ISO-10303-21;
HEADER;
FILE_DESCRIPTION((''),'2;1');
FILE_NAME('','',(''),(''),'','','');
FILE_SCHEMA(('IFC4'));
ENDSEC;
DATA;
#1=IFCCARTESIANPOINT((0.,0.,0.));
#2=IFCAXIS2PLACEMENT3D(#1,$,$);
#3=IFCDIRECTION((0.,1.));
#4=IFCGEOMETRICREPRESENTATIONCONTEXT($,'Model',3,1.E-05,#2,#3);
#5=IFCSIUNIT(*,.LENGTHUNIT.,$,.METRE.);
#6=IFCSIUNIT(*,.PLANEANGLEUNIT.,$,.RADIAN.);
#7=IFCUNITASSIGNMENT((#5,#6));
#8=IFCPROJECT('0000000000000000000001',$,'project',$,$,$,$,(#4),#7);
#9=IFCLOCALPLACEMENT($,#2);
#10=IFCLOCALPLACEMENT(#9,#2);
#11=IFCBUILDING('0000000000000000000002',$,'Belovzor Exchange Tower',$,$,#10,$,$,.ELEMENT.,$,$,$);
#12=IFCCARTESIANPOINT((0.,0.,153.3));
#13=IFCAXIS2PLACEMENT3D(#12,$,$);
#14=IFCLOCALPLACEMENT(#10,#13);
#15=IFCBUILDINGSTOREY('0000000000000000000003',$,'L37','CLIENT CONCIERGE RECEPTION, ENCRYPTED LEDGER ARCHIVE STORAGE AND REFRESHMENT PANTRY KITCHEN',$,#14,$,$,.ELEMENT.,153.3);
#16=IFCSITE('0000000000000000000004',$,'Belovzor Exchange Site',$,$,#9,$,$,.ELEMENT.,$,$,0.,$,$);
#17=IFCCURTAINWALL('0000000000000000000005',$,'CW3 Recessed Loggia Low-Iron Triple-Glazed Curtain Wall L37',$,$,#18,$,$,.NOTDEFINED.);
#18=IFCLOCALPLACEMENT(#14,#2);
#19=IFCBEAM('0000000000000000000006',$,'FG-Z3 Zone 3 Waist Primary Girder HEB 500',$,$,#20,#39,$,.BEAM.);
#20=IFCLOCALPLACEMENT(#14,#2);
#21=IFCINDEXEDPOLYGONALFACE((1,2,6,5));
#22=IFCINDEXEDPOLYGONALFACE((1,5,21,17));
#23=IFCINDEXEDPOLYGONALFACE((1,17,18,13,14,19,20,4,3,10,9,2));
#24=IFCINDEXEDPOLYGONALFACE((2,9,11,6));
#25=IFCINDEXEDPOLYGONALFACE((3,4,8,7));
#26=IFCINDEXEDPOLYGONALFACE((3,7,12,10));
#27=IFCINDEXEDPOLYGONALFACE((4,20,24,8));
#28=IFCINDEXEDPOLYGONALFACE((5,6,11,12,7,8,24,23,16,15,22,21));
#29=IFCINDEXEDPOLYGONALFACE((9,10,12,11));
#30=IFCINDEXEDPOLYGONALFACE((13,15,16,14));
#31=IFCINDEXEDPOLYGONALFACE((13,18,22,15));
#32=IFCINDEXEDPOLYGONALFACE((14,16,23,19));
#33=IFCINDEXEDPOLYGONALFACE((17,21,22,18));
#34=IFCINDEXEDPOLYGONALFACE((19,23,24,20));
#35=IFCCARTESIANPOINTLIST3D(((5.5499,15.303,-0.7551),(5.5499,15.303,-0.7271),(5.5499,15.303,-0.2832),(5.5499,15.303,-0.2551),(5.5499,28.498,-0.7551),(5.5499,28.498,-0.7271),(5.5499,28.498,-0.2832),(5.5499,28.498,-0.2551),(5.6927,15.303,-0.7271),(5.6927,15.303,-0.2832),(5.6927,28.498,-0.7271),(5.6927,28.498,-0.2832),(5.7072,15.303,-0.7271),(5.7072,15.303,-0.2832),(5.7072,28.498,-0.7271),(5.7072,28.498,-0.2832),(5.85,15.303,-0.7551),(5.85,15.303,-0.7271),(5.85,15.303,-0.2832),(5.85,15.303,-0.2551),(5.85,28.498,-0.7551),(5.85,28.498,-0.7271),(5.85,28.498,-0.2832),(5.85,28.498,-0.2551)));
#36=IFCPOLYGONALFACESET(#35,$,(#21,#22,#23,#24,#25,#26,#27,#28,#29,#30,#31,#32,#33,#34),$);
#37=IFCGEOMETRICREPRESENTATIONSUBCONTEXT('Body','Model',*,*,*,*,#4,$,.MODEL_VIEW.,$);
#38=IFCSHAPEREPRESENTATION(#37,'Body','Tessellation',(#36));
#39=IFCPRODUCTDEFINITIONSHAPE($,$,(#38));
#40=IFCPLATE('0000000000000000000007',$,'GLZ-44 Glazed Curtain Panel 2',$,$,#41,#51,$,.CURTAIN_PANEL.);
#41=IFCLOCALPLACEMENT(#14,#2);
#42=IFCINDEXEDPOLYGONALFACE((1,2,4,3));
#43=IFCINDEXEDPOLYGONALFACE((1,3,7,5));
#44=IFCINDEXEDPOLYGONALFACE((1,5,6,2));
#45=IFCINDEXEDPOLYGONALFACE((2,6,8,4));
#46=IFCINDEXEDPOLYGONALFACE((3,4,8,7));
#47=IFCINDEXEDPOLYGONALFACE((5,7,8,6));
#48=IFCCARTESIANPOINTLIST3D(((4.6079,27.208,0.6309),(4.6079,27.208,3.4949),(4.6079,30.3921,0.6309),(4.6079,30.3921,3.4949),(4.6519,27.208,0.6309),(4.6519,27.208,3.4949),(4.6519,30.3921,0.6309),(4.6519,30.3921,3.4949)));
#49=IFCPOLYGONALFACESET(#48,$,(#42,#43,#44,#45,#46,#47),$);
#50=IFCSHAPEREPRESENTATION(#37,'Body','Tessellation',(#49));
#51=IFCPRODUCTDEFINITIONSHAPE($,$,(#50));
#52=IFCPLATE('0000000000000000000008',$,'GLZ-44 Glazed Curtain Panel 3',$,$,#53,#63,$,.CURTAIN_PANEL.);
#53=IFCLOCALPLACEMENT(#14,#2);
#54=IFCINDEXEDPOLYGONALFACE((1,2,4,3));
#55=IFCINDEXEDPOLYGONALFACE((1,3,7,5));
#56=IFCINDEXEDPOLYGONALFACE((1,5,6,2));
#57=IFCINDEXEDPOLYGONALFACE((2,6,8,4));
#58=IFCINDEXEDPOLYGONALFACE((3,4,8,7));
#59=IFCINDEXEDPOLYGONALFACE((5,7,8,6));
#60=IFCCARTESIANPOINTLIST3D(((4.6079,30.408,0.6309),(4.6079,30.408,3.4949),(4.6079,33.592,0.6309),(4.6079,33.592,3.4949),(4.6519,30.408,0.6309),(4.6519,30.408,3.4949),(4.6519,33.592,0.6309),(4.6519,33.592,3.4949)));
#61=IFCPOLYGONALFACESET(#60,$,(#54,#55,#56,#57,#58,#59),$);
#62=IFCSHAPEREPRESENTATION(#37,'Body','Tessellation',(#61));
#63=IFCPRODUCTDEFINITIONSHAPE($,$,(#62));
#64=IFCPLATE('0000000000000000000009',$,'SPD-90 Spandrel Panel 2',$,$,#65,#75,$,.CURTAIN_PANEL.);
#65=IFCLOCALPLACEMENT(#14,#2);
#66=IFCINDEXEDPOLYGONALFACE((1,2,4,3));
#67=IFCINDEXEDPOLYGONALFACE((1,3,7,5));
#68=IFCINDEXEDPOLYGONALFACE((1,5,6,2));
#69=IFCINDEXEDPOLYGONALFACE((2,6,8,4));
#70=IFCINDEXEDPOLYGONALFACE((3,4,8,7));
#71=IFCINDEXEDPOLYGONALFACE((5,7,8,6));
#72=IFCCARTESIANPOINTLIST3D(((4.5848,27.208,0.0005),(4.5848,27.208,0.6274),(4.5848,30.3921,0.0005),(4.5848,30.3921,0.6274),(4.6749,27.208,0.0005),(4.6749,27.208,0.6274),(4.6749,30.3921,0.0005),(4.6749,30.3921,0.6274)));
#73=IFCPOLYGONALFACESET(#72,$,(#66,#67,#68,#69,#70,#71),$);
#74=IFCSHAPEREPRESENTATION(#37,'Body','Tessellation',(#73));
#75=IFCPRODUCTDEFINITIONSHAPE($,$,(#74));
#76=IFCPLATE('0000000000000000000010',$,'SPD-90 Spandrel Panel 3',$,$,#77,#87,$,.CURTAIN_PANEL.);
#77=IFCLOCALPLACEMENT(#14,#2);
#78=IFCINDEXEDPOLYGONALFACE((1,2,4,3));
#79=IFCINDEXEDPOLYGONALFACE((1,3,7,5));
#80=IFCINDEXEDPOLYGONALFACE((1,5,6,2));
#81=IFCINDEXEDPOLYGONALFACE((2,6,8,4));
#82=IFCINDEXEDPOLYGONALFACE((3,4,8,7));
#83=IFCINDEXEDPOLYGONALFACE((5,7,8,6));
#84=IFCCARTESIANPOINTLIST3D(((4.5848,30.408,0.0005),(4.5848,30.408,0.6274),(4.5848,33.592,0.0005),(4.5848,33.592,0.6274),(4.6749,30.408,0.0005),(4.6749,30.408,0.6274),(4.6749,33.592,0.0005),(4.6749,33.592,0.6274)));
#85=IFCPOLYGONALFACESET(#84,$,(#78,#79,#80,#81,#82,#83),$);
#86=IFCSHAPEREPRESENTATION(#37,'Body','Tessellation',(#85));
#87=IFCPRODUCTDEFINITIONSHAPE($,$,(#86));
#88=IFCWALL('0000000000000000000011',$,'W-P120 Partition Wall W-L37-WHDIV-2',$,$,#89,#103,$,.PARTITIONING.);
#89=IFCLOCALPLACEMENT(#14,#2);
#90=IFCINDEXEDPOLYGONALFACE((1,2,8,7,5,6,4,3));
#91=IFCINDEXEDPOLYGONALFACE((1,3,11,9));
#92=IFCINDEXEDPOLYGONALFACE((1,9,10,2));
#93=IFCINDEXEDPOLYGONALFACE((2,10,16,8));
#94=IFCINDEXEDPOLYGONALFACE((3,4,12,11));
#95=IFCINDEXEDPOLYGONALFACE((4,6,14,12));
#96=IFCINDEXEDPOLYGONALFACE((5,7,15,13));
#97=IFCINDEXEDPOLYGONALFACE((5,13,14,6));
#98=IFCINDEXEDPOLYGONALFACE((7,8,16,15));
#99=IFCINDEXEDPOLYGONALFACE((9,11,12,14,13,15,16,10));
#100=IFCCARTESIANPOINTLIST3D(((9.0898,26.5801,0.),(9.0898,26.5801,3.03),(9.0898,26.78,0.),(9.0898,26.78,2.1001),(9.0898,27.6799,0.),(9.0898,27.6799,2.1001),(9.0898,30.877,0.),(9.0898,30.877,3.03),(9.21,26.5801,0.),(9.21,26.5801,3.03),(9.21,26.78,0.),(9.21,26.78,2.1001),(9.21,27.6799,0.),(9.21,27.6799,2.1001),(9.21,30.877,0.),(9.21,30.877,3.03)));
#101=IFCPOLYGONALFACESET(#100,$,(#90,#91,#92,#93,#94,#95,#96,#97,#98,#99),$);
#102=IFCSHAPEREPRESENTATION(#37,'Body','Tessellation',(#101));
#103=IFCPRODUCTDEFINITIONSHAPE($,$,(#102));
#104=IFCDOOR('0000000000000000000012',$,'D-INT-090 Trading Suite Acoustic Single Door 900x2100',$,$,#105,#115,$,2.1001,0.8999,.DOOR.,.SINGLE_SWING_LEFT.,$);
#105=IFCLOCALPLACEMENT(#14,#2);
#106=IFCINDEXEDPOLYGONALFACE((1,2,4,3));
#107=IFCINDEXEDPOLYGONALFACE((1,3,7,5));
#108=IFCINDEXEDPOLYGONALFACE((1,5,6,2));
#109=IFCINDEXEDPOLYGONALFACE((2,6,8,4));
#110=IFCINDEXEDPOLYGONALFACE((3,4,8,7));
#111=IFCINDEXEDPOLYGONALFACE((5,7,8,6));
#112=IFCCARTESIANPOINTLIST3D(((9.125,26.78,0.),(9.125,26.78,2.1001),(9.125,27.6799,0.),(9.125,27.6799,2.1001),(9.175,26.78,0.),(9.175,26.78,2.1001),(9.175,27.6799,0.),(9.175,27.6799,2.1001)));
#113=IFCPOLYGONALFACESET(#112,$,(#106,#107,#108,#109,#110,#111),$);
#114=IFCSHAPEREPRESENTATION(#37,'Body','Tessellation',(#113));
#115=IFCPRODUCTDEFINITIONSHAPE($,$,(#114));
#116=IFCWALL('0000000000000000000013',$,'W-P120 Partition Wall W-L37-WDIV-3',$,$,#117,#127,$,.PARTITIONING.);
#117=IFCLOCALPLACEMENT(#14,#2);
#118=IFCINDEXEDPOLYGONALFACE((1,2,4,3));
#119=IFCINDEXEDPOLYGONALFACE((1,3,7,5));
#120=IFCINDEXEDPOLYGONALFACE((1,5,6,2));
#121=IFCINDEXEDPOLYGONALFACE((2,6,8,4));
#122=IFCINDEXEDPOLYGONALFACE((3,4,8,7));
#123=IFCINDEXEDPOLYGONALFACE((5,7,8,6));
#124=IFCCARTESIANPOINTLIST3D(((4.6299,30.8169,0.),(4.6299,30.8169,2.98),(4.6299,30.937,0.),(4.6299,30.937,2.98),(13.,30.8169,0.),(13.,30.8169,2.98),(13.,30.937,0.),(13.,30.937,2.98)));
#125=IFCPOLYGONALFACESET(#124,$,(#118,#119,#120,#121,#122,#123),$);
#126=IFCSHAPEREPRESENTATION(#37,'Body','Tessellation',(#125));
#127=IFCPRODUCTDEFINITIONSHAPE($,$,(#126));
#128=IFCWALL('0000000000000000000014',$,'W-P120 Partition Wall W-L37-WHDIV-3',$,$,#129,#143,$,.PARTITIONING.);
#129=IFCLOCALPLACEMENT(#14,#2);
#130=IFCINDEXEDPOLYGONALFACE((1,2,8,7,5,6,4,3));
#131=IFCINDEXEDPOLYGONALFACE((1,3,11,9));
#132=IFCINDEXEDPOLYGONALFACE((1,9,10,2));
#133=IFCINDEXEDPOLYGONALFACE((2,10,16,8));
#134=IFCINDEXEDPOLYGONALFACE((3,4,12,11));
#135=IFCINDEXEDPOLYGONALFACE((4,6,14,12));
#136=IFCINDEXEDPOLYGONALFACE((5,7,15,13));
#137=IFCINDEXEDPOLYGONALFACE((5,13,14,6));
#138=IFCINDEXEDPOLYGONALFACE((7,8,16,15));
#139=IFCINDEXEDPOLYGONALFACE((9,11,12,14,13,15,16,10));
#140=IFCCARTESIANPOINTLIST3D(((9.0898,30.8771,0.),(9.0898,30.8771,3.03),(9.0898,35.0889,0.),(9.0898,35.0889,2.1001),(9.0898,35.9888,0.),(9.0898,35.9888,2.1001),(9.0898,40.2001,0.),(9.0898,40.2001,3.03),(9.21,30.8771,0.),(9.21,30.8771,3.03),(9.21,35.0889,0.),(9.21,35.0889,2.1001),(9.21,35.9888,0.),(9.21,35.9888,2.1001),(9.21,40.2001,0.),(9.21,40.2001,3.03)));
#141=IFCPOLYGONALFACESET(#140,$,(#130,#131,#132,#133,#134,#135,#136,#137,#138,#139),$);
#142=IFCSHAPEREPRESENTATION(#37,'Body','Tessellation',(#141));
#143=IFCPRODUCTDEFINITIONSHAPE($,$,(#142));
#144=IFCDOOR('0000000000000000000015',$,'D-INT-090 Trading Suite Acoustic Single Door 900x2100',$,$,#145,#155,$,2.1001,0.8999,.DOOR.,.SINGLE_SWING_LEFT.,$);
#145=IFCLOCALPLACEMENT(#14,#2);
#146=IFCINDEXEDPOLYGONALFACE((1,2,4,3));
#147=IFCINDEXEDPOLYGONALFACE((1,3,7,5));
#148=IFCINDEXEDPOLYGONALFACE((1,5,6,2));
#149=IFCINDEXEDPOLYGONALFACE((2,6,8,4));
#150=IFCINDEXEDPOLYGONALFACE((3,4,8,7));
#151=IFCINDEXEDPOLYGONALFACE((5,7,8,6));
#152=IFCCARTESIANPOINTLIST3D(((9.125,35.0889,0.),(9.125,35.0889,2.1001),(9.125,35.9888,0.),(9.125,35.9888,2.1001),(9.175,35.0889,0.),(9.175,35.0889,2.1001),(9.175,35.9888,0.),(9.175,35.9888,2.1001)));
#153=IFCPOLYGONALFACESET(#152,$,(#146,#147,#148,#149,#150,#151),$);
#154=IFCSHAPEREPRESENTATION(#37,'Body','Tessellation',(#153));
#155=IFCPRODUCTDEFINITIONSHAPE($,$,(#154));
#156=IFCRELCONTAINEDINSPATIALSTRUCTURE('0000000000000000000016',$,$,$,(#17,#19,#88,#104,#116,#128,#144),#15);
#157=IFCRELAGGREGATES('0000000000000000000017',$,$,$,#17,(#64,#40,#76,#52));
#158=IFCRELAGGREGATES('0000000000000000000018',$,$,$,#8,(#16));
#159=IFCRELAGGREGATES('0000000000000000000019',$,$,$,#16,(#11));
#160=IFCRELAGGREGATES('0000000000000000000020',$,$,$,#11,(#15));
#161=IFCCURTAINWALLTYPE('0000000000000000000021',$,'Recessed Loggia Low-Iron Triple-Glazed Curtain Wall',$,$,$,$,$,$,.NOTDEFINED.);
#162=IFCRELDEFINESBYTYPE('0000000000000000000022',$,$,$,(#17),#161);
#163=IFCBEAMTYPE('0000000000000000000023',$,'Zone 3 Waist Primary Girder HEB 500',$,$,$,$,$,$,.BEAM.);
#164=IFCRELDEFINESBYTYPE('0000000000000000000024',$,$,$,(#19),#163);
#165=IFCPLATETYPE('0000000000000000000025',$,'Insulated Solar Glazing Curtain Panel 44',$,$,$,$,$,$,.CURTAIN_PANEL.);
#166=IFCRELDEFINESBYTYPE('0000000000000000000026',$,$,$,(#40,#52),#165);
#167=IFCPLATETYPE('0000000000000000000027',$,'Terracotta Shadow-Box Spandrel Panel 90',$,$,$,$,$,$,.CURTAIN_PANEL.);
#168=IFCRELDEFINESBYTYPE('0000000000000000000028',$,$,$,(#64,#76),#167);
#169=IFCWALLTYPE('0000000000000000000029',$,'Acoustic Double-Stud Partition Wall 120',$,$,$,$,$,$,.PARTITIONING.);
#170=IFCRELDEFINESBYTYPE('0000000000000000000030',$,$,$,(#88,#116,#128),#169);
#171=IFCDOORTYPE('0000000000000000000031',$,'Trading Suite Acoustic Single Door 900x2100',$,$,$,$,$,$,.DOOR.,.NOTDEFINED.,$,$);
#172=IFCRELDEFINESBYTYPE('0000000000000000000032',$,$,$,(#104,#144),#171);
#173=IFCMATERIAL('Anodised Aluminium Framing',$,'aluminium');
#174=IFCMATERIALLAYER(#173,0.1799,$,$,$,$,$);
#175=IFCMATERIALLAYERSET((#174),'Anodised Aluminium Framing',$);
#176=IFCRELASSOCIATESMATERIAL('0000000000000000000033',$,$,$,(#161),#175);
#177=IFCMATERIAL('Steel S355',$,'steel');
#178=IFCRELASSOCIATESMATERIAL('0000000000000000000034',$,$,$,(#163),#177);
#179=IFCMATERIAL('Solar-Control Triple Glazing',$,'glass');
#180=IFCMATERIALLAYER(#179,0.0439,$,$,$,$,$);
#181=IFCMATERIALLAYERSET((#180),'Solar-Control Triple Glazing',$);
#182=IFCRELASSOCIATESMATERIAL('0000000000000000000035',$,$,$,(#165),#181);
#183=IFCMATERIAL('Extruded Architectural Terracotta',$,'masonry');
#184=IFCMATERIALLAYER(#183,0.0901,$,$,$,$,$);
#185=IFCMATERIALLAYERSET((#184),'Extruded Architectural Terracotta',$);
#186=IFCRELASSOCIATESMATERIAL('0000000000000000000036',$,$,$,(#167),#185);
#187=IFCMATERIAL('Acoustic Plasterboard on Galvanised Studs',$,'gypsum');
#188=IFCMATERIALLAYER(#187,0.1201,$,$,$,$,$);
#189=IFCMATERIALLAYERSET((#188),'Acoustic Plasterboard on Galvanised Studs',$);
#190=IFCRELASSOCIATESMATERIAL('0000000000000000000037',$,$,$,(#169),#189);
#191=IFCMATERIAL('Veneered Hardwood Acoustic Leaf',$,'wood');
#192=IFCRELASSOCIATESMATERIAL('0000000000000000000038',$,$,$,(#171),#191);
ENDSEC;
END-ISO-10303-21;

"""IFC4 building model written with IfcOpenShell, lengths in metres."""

from ifc_helpers import new_model, si_unit, direction, frame, frame_2d, origin, origin_2d, place, context, subcontext, project, spatial, rectangle, i_section, extrude, material, layer, layer_set, material_profile, profile_set, type_object, element, fill, aggregate, save


model = new_model("IFC4")

# Units and contexts
model_context = context("Model", 3, precision=1e-05, world=origin(), true_north=direction((0.0, 1.0)))
body_context = subcontext(model_context, "Body", "Model", "MODEL_VIEW")
ifc_project = project(units=[si_unit("LENGTHUNIT", "METRE"), si_unit("PLANEANGLEUNIT", "RADIAN")], contexts=[model_context])

# Site, building, storey
site_placement = place(None, origin())
site = spatial("IfcSite", under=ifc_project, at=site_placement, Name="Belovzor Exchange Site", CompositionType="ELEMENT", RefElevation=0.0)
building_placement = place(site_placement, origin())
building = spatial("IfcBuilding", under=site, at=building_placement, Name="Belovzor Exchange Tower", CompositionType="ELEMENT")
storey_placement = place(building_placement, frame((0.0, 0.0, 153.3)))
storey = spatial("IfcBuildingStorey", under=building, at=storey_placement, Name="L37", Description="CLIENT CONCIERGE RECEPTION, ENCRYPTED LEDGER ARCHIVE STORAGE AND REFRESHMENT PANTRY KITCHEN", CompositionType="ELEMENT", Elevation=153.3)

# Curtain wall
ifc_material_1 = material(Name="Anodised Aluminium Framing", Category="aluminium")
ifc_layer_1 = layer(ifc_material_1, 0.1799)
ifc_layer_set_1 = layer_set([ifc_layer_1], Name="Anodised Aluminium Framing")
curtain_wall_type = type_object("IfcCurtainWallType", Name="Recessed Loggia Low-Iron Triple-Glazed Curtain Wall", PredefinedType="NOTDEFINED", material=ifc_layer_set_1)
curtain_wall_placement = place(storey_placement, origin())
curtain_wall = element("IfcCurtainWall", 1, at=curtain_wall_placement, inside=storey, type_object=curtain_wall_type, Name="CW3 Recessed Loggia Low-Iron Triple-Glazed Curtain Wall L37", PredefinedType="NOTDEFINED")

# Beam
ifc_material_2 = material(Name="Steel S355", Category="steel")
ifc_material_profile_1 = material_profile(ifc_material_2, i_section(OverallWidth=0.3, OverallDepth=0.5, WebThickness=0.0144, FlangeThickness=0.0281, at=origin_2d()))
ifc_profile_set_1 = profile_set([ifc_material_profile_1], Name="Steel S355")
beam_type_1 = type_object("IfcBeamType", Name="Zone 3 Waist Primary Girder HEB 500", PredefinedType="BEAM", material=ifc_profile_set_1)
beam_1_placement = place(storey_placement, frame((5.7, 28.498, -0.5051), z_axis=(0.0, -1.0, 0.0), x_axis=(1.0, 0.0, 0.0)))
element("IfcBeam", 2, at=beam_1_placement, inside=storey, type_object=beam_type_1, Name="FG-Z3 Zone 3 Waist Primary Girder HEB 500", PredefinedType="BEAM", context=body_context, shape_type="SweptSolid", body=[
    extrude(i_section(OverallWidth=0.3, OverallDepth=0.5, WebThickness=0.0144, FlangeThickness=0.0281, at=origin_2d()), origin(), (0.0, 0.0, 1.0), 13.1951),
])

# Plates
ifc_material_3 = material(Name="Solar-Control Triple Glazing", Category="glass")
ifc_layer_2 = layer(ifc_material_3, 0.0439)
ifc_layer_set_2 = layer_set([ifc_layer_2], Name="Solar-Control Triple Glazing")
plate_type_1 = type_object("IfcPlateType", Name="Insulated Solar Glazing Curtain Panel 44", PredefinedType="CURTAIN_PANEL", material=ifc_layer_set_2)
plate_1_placement = place(storey_placement, frame((4.6299, 28.8, 0.6309), z_axis=(0.0, 0.0, 1.0), x_axis=(0.0, 1.0, 0.0)))
plate_1 = element("IfcPlate", 3, at=plate_1_placement, type_object=plate_type_1, Name="GLZ-44 Glazed Curtain Panel 2", PredefinedType="CURTAIN_PANEL", context=body_context, shape_type="SweptSolid", body=[
    extrude(rectangle(XDim=3.1841, YDim=0.0439, at=origin_2d()), origin(), (0.0, 0.0, 1.0), 2.864),
])
plate_2_placement = place(storey_placement, frame((4.6299, 32.0, 0.6309), z_axis=(0.0, 0.0, 1.0), x_axis=(0.0, 1.0, 0.0)))
plate_2 = element("IfcPlate", 4, at=plate_2_placement, type_object=plate_type_1, Name="GLZ-44 Glazed Curtain Panel 3", PredefinedType="CURTAIN_PANEL", context=body_context, shape_type="SweptSolid", body=[
    extrude(rectangle(XDim=3.1841, YDim=0.0439, at=origin_2d()), origin(), (0.0, 0.0, 1.0), 2.864),
])
ifc_material_4 = material(Name="Extruded Architectural Terracotta", Category="masonry")
ifc_layer_3 = layer(ifc_material_4, 0.0901)
ifc_layer_set_3 = layer_set([ifc_layer_3], Name="Extruded Architectural Terracotta")
plate_type_2 = type_object("IfcPlateType", Name="Terracotta Shadow-Box Spandrel Panel 90", PredefinedType="CURTAIN_PANEL", material=ifc_layer_set_3)
plate_3_placement = place(storey_placement, frame((4.6299, 28.8, 0.0005), z_axis=(0.0, 0.0, 1.0), x_axis=(0.0, 1.0, 0.0)))
plate_3 = element("IfcPlate", 5, at=plate_3_placement, type_object=plate_type_2, Name="SPD-90 Spandrel Panel 2", PredefinedType="CURTAIN_PANEL", context=body_context, shape_type="SweptSolid", body=[
    extrude(rectangle(XDim=3.1841, YDim=0.0901, at=origin_2d()), origin(), (0.0, 0.0, 1.0), 0.627),
])
plate_4_placement = place(storey_placement, frame((4.6299, 32.0, 0.0005), z_axis=(0.0, 0.0, 1.0), x_axis=(0.0, 1.0, 0.0)))
plate_4 = element("IfcPlate", 6, at=plate_4_placement, type_object=plate_type_2, Name="SPD-90 Spandrel Panel 3", PredefinedType="CURTAIN_PANEL", context=body_context, shape_type="SweptSolid", body=[
    extrude(rectangle(XDim=3.1841, YDim=0.0901, at=origin_2d()), origin(), (0.0, 0.0, 1.0), 0.627),
])
aggregate(curtain_wall, [plate_3, plate_1, plate_4, plate_2])

# Wall, opening, door
ifc_material_5 = material(Name="Acoustic Plasterboard on Galvanised Studs", Category="gypsum")
ifc_layer_4 = layer(ifc_material_5, 0.1201)
ifc_layer_set_4 = layer_set([ifc_layer_4], Name="Acoustic Plasterboard on Galvanised Studs")
wall_type_1 = type_object("IfcWallType", Name="Acoustic Double-Stud Partition Wall 120", PredefinedType="PARTITIONING", material=ifc_layer_set_4)
wall_1_placement = place(storey_placement, frame((9.1499, 26.5801, 0.0), z_axis=(0.0, 0.0, 1.0), x_axis=(0.0, 1.0, 0.0)))
wall_1 = element("IfcWall", 7, at=wall_1_placement, inside=storey, type_object=wall_type_1, Name="W-P120 Partition Wall W-L37-WHDIV-2", PredefinedType="PARTITIONING", context=body_context, shape_type="SweptSolid", body=[
    extrude(rectangle(XDim=4.2969, YDim=0.1201, at=frame_2d((2.1484, 0.0))), origin(), (0.0, 0.0, 1.0), 3.03),
])
opening_1_placement = place(wall_1_placement, frame((0.2, 0.0, 0.0)))
opening_1 = element("IfcOpeningElement", 8, at=opening_1_placement, cuts=wall_1, PredefinedType="OPENING", context=body_context, shape_type="SweptSolid", body=[
    extrude(rectangle(XDim=0.8999, YDim=2.1001, at=frame_2d((0.45, 1.05))), frame((0.0, 0.0701, 0.0), z_axis=(0.0, -1.0, 0.0), x_axis=(1.0, 0.0, 0.0)), (0.0, 0.0, 1.0), 0.1401),
])
ifc_material_6 = material(Name="Veneered Hardwood Acoustic Leaf", Category="wood")
door_type = type_object("IfcDoorType", Name="Trading Suite Acoustic Single Door 900x2100", OperationType="NOTDEFINED", PredefinedType="DOOR", material=ifc_material_6)
door_1_placement = place(opening_1_placement, origin())
door_1 = element("IfcDoor", 9, at=door_1_placement, inside=storey, type_object=door_type, Name="D-INT-090 Trading Suite Acoustic Single Door 900x2100", OperationType="SINGLE_SWING_LEFT", OverallHeight=2.1001, OverallWidth=0.8999, PredefinedType="DOOR", context=body_context, shape_type="SweptSolid", body=[
    extrude(rectangle(XDim=0.8999, YDim=2.1001, at=frame_2d((0.45, 1.05))), frame((0.0, 0.0249, 0.0), z_axis=(0.0, -1.0, 0.0), x_axis=(1.0, 0.0, 0.0)), (0.0, 0.0, 1.0), 0.05),
])
fill(opening_1, door_1)

# Wall
wall_2_placement = place(storey_placement, frame((4.6299, 30.877, 0.0), z_axis=(0.0, 0.0, 1.0), x_axis=(1.0, 0.0, 0.0)))
element("IfcWall", 10, at=wall_2_placement, inside=storey, type_object=wall_type_1, Name="W-P120 Partition Wall W-L37-WDIV-3", PredefinedType="PARTITIONING", context=body_context, shape_type="SweptSolid", body=[
    extrude(rectangle(XDim=8.3701, YDim=0.1201, at=frame_2d((4.1851, 0.0))), origin(), (0.0, 0.0, 1.0), 2.98),
])

# Wall, opening, door
wall_3_placement = place(storey_placement, frame((9.1499, 30.877, 0.0), z_axis=(0.0, 0.0, 1.0), x_axis=(0.0, 1.0, 0.0)))
wall_3 = element("IfcWall", 11, at=wall_3_placement, inside=storey, type_object=wall_type_1, Name="W-P120 Partition Wall W-L37-WHDIV-3", PredefinedType="PARTITIONING", context=body_context, shape_type="SweptSolid", body=[
    extrude(rectangle(XDim=9.323, YDim=0.1201, at=frame_2d((4.6616, 0.0))), origin(), (0.0, 0.0, 1.0), 3.03),
])
opening_2_placement = place(wall_3_placement, frame((4.2119, 0.0, 0.0)))
opening_2 = element("IfcOpeningElement", 12, at=opening_2_placement, cuts=wall_3, PredefinedType="OPENING", context=body_context, shape_type="SweptSolid", body=[
    extrude(rectangle(XDim=0.8999, YDim=2.1001, at=frame_2d((0.45, 1.05))), frame((0.0, 0.0701, 0.0), z_axis=(0.0, -1.0, 0.0), x_axis=(1.0, 0.0, 0.0)), (0.0, 0.0, 1.0), 0.1401),
])
door_2_placement = place(opening_2_placement, origin())
door_2 = element("IfcDoor", 13, at=door_2_placement, inside=storey, type_object=door_type, Name="D-INT-090 Trading Suite Acoustic Single Door 900x2100", OperationType="SINGLE_SWING_LEFT", OverallHeight=2.1001, OverallWidth=0.8999, PredefinedType="DOOR", context=body_context, shape_type="SweptSolid", body=[
    extrude(rectangle(XDim=0.8999, YDim=2.1001, at=frame_2d((0.45, 1.05))), frame((0.0, 0.0249, 0.0), z_axis=(0.0, -1.0, 0.0), x_axis=(1.0, 0.0, 0.0)), (0.0, 0.0, 1.0), 0.05),
])
fill(opening_2, door_2)

save(model, "model.ifc")
